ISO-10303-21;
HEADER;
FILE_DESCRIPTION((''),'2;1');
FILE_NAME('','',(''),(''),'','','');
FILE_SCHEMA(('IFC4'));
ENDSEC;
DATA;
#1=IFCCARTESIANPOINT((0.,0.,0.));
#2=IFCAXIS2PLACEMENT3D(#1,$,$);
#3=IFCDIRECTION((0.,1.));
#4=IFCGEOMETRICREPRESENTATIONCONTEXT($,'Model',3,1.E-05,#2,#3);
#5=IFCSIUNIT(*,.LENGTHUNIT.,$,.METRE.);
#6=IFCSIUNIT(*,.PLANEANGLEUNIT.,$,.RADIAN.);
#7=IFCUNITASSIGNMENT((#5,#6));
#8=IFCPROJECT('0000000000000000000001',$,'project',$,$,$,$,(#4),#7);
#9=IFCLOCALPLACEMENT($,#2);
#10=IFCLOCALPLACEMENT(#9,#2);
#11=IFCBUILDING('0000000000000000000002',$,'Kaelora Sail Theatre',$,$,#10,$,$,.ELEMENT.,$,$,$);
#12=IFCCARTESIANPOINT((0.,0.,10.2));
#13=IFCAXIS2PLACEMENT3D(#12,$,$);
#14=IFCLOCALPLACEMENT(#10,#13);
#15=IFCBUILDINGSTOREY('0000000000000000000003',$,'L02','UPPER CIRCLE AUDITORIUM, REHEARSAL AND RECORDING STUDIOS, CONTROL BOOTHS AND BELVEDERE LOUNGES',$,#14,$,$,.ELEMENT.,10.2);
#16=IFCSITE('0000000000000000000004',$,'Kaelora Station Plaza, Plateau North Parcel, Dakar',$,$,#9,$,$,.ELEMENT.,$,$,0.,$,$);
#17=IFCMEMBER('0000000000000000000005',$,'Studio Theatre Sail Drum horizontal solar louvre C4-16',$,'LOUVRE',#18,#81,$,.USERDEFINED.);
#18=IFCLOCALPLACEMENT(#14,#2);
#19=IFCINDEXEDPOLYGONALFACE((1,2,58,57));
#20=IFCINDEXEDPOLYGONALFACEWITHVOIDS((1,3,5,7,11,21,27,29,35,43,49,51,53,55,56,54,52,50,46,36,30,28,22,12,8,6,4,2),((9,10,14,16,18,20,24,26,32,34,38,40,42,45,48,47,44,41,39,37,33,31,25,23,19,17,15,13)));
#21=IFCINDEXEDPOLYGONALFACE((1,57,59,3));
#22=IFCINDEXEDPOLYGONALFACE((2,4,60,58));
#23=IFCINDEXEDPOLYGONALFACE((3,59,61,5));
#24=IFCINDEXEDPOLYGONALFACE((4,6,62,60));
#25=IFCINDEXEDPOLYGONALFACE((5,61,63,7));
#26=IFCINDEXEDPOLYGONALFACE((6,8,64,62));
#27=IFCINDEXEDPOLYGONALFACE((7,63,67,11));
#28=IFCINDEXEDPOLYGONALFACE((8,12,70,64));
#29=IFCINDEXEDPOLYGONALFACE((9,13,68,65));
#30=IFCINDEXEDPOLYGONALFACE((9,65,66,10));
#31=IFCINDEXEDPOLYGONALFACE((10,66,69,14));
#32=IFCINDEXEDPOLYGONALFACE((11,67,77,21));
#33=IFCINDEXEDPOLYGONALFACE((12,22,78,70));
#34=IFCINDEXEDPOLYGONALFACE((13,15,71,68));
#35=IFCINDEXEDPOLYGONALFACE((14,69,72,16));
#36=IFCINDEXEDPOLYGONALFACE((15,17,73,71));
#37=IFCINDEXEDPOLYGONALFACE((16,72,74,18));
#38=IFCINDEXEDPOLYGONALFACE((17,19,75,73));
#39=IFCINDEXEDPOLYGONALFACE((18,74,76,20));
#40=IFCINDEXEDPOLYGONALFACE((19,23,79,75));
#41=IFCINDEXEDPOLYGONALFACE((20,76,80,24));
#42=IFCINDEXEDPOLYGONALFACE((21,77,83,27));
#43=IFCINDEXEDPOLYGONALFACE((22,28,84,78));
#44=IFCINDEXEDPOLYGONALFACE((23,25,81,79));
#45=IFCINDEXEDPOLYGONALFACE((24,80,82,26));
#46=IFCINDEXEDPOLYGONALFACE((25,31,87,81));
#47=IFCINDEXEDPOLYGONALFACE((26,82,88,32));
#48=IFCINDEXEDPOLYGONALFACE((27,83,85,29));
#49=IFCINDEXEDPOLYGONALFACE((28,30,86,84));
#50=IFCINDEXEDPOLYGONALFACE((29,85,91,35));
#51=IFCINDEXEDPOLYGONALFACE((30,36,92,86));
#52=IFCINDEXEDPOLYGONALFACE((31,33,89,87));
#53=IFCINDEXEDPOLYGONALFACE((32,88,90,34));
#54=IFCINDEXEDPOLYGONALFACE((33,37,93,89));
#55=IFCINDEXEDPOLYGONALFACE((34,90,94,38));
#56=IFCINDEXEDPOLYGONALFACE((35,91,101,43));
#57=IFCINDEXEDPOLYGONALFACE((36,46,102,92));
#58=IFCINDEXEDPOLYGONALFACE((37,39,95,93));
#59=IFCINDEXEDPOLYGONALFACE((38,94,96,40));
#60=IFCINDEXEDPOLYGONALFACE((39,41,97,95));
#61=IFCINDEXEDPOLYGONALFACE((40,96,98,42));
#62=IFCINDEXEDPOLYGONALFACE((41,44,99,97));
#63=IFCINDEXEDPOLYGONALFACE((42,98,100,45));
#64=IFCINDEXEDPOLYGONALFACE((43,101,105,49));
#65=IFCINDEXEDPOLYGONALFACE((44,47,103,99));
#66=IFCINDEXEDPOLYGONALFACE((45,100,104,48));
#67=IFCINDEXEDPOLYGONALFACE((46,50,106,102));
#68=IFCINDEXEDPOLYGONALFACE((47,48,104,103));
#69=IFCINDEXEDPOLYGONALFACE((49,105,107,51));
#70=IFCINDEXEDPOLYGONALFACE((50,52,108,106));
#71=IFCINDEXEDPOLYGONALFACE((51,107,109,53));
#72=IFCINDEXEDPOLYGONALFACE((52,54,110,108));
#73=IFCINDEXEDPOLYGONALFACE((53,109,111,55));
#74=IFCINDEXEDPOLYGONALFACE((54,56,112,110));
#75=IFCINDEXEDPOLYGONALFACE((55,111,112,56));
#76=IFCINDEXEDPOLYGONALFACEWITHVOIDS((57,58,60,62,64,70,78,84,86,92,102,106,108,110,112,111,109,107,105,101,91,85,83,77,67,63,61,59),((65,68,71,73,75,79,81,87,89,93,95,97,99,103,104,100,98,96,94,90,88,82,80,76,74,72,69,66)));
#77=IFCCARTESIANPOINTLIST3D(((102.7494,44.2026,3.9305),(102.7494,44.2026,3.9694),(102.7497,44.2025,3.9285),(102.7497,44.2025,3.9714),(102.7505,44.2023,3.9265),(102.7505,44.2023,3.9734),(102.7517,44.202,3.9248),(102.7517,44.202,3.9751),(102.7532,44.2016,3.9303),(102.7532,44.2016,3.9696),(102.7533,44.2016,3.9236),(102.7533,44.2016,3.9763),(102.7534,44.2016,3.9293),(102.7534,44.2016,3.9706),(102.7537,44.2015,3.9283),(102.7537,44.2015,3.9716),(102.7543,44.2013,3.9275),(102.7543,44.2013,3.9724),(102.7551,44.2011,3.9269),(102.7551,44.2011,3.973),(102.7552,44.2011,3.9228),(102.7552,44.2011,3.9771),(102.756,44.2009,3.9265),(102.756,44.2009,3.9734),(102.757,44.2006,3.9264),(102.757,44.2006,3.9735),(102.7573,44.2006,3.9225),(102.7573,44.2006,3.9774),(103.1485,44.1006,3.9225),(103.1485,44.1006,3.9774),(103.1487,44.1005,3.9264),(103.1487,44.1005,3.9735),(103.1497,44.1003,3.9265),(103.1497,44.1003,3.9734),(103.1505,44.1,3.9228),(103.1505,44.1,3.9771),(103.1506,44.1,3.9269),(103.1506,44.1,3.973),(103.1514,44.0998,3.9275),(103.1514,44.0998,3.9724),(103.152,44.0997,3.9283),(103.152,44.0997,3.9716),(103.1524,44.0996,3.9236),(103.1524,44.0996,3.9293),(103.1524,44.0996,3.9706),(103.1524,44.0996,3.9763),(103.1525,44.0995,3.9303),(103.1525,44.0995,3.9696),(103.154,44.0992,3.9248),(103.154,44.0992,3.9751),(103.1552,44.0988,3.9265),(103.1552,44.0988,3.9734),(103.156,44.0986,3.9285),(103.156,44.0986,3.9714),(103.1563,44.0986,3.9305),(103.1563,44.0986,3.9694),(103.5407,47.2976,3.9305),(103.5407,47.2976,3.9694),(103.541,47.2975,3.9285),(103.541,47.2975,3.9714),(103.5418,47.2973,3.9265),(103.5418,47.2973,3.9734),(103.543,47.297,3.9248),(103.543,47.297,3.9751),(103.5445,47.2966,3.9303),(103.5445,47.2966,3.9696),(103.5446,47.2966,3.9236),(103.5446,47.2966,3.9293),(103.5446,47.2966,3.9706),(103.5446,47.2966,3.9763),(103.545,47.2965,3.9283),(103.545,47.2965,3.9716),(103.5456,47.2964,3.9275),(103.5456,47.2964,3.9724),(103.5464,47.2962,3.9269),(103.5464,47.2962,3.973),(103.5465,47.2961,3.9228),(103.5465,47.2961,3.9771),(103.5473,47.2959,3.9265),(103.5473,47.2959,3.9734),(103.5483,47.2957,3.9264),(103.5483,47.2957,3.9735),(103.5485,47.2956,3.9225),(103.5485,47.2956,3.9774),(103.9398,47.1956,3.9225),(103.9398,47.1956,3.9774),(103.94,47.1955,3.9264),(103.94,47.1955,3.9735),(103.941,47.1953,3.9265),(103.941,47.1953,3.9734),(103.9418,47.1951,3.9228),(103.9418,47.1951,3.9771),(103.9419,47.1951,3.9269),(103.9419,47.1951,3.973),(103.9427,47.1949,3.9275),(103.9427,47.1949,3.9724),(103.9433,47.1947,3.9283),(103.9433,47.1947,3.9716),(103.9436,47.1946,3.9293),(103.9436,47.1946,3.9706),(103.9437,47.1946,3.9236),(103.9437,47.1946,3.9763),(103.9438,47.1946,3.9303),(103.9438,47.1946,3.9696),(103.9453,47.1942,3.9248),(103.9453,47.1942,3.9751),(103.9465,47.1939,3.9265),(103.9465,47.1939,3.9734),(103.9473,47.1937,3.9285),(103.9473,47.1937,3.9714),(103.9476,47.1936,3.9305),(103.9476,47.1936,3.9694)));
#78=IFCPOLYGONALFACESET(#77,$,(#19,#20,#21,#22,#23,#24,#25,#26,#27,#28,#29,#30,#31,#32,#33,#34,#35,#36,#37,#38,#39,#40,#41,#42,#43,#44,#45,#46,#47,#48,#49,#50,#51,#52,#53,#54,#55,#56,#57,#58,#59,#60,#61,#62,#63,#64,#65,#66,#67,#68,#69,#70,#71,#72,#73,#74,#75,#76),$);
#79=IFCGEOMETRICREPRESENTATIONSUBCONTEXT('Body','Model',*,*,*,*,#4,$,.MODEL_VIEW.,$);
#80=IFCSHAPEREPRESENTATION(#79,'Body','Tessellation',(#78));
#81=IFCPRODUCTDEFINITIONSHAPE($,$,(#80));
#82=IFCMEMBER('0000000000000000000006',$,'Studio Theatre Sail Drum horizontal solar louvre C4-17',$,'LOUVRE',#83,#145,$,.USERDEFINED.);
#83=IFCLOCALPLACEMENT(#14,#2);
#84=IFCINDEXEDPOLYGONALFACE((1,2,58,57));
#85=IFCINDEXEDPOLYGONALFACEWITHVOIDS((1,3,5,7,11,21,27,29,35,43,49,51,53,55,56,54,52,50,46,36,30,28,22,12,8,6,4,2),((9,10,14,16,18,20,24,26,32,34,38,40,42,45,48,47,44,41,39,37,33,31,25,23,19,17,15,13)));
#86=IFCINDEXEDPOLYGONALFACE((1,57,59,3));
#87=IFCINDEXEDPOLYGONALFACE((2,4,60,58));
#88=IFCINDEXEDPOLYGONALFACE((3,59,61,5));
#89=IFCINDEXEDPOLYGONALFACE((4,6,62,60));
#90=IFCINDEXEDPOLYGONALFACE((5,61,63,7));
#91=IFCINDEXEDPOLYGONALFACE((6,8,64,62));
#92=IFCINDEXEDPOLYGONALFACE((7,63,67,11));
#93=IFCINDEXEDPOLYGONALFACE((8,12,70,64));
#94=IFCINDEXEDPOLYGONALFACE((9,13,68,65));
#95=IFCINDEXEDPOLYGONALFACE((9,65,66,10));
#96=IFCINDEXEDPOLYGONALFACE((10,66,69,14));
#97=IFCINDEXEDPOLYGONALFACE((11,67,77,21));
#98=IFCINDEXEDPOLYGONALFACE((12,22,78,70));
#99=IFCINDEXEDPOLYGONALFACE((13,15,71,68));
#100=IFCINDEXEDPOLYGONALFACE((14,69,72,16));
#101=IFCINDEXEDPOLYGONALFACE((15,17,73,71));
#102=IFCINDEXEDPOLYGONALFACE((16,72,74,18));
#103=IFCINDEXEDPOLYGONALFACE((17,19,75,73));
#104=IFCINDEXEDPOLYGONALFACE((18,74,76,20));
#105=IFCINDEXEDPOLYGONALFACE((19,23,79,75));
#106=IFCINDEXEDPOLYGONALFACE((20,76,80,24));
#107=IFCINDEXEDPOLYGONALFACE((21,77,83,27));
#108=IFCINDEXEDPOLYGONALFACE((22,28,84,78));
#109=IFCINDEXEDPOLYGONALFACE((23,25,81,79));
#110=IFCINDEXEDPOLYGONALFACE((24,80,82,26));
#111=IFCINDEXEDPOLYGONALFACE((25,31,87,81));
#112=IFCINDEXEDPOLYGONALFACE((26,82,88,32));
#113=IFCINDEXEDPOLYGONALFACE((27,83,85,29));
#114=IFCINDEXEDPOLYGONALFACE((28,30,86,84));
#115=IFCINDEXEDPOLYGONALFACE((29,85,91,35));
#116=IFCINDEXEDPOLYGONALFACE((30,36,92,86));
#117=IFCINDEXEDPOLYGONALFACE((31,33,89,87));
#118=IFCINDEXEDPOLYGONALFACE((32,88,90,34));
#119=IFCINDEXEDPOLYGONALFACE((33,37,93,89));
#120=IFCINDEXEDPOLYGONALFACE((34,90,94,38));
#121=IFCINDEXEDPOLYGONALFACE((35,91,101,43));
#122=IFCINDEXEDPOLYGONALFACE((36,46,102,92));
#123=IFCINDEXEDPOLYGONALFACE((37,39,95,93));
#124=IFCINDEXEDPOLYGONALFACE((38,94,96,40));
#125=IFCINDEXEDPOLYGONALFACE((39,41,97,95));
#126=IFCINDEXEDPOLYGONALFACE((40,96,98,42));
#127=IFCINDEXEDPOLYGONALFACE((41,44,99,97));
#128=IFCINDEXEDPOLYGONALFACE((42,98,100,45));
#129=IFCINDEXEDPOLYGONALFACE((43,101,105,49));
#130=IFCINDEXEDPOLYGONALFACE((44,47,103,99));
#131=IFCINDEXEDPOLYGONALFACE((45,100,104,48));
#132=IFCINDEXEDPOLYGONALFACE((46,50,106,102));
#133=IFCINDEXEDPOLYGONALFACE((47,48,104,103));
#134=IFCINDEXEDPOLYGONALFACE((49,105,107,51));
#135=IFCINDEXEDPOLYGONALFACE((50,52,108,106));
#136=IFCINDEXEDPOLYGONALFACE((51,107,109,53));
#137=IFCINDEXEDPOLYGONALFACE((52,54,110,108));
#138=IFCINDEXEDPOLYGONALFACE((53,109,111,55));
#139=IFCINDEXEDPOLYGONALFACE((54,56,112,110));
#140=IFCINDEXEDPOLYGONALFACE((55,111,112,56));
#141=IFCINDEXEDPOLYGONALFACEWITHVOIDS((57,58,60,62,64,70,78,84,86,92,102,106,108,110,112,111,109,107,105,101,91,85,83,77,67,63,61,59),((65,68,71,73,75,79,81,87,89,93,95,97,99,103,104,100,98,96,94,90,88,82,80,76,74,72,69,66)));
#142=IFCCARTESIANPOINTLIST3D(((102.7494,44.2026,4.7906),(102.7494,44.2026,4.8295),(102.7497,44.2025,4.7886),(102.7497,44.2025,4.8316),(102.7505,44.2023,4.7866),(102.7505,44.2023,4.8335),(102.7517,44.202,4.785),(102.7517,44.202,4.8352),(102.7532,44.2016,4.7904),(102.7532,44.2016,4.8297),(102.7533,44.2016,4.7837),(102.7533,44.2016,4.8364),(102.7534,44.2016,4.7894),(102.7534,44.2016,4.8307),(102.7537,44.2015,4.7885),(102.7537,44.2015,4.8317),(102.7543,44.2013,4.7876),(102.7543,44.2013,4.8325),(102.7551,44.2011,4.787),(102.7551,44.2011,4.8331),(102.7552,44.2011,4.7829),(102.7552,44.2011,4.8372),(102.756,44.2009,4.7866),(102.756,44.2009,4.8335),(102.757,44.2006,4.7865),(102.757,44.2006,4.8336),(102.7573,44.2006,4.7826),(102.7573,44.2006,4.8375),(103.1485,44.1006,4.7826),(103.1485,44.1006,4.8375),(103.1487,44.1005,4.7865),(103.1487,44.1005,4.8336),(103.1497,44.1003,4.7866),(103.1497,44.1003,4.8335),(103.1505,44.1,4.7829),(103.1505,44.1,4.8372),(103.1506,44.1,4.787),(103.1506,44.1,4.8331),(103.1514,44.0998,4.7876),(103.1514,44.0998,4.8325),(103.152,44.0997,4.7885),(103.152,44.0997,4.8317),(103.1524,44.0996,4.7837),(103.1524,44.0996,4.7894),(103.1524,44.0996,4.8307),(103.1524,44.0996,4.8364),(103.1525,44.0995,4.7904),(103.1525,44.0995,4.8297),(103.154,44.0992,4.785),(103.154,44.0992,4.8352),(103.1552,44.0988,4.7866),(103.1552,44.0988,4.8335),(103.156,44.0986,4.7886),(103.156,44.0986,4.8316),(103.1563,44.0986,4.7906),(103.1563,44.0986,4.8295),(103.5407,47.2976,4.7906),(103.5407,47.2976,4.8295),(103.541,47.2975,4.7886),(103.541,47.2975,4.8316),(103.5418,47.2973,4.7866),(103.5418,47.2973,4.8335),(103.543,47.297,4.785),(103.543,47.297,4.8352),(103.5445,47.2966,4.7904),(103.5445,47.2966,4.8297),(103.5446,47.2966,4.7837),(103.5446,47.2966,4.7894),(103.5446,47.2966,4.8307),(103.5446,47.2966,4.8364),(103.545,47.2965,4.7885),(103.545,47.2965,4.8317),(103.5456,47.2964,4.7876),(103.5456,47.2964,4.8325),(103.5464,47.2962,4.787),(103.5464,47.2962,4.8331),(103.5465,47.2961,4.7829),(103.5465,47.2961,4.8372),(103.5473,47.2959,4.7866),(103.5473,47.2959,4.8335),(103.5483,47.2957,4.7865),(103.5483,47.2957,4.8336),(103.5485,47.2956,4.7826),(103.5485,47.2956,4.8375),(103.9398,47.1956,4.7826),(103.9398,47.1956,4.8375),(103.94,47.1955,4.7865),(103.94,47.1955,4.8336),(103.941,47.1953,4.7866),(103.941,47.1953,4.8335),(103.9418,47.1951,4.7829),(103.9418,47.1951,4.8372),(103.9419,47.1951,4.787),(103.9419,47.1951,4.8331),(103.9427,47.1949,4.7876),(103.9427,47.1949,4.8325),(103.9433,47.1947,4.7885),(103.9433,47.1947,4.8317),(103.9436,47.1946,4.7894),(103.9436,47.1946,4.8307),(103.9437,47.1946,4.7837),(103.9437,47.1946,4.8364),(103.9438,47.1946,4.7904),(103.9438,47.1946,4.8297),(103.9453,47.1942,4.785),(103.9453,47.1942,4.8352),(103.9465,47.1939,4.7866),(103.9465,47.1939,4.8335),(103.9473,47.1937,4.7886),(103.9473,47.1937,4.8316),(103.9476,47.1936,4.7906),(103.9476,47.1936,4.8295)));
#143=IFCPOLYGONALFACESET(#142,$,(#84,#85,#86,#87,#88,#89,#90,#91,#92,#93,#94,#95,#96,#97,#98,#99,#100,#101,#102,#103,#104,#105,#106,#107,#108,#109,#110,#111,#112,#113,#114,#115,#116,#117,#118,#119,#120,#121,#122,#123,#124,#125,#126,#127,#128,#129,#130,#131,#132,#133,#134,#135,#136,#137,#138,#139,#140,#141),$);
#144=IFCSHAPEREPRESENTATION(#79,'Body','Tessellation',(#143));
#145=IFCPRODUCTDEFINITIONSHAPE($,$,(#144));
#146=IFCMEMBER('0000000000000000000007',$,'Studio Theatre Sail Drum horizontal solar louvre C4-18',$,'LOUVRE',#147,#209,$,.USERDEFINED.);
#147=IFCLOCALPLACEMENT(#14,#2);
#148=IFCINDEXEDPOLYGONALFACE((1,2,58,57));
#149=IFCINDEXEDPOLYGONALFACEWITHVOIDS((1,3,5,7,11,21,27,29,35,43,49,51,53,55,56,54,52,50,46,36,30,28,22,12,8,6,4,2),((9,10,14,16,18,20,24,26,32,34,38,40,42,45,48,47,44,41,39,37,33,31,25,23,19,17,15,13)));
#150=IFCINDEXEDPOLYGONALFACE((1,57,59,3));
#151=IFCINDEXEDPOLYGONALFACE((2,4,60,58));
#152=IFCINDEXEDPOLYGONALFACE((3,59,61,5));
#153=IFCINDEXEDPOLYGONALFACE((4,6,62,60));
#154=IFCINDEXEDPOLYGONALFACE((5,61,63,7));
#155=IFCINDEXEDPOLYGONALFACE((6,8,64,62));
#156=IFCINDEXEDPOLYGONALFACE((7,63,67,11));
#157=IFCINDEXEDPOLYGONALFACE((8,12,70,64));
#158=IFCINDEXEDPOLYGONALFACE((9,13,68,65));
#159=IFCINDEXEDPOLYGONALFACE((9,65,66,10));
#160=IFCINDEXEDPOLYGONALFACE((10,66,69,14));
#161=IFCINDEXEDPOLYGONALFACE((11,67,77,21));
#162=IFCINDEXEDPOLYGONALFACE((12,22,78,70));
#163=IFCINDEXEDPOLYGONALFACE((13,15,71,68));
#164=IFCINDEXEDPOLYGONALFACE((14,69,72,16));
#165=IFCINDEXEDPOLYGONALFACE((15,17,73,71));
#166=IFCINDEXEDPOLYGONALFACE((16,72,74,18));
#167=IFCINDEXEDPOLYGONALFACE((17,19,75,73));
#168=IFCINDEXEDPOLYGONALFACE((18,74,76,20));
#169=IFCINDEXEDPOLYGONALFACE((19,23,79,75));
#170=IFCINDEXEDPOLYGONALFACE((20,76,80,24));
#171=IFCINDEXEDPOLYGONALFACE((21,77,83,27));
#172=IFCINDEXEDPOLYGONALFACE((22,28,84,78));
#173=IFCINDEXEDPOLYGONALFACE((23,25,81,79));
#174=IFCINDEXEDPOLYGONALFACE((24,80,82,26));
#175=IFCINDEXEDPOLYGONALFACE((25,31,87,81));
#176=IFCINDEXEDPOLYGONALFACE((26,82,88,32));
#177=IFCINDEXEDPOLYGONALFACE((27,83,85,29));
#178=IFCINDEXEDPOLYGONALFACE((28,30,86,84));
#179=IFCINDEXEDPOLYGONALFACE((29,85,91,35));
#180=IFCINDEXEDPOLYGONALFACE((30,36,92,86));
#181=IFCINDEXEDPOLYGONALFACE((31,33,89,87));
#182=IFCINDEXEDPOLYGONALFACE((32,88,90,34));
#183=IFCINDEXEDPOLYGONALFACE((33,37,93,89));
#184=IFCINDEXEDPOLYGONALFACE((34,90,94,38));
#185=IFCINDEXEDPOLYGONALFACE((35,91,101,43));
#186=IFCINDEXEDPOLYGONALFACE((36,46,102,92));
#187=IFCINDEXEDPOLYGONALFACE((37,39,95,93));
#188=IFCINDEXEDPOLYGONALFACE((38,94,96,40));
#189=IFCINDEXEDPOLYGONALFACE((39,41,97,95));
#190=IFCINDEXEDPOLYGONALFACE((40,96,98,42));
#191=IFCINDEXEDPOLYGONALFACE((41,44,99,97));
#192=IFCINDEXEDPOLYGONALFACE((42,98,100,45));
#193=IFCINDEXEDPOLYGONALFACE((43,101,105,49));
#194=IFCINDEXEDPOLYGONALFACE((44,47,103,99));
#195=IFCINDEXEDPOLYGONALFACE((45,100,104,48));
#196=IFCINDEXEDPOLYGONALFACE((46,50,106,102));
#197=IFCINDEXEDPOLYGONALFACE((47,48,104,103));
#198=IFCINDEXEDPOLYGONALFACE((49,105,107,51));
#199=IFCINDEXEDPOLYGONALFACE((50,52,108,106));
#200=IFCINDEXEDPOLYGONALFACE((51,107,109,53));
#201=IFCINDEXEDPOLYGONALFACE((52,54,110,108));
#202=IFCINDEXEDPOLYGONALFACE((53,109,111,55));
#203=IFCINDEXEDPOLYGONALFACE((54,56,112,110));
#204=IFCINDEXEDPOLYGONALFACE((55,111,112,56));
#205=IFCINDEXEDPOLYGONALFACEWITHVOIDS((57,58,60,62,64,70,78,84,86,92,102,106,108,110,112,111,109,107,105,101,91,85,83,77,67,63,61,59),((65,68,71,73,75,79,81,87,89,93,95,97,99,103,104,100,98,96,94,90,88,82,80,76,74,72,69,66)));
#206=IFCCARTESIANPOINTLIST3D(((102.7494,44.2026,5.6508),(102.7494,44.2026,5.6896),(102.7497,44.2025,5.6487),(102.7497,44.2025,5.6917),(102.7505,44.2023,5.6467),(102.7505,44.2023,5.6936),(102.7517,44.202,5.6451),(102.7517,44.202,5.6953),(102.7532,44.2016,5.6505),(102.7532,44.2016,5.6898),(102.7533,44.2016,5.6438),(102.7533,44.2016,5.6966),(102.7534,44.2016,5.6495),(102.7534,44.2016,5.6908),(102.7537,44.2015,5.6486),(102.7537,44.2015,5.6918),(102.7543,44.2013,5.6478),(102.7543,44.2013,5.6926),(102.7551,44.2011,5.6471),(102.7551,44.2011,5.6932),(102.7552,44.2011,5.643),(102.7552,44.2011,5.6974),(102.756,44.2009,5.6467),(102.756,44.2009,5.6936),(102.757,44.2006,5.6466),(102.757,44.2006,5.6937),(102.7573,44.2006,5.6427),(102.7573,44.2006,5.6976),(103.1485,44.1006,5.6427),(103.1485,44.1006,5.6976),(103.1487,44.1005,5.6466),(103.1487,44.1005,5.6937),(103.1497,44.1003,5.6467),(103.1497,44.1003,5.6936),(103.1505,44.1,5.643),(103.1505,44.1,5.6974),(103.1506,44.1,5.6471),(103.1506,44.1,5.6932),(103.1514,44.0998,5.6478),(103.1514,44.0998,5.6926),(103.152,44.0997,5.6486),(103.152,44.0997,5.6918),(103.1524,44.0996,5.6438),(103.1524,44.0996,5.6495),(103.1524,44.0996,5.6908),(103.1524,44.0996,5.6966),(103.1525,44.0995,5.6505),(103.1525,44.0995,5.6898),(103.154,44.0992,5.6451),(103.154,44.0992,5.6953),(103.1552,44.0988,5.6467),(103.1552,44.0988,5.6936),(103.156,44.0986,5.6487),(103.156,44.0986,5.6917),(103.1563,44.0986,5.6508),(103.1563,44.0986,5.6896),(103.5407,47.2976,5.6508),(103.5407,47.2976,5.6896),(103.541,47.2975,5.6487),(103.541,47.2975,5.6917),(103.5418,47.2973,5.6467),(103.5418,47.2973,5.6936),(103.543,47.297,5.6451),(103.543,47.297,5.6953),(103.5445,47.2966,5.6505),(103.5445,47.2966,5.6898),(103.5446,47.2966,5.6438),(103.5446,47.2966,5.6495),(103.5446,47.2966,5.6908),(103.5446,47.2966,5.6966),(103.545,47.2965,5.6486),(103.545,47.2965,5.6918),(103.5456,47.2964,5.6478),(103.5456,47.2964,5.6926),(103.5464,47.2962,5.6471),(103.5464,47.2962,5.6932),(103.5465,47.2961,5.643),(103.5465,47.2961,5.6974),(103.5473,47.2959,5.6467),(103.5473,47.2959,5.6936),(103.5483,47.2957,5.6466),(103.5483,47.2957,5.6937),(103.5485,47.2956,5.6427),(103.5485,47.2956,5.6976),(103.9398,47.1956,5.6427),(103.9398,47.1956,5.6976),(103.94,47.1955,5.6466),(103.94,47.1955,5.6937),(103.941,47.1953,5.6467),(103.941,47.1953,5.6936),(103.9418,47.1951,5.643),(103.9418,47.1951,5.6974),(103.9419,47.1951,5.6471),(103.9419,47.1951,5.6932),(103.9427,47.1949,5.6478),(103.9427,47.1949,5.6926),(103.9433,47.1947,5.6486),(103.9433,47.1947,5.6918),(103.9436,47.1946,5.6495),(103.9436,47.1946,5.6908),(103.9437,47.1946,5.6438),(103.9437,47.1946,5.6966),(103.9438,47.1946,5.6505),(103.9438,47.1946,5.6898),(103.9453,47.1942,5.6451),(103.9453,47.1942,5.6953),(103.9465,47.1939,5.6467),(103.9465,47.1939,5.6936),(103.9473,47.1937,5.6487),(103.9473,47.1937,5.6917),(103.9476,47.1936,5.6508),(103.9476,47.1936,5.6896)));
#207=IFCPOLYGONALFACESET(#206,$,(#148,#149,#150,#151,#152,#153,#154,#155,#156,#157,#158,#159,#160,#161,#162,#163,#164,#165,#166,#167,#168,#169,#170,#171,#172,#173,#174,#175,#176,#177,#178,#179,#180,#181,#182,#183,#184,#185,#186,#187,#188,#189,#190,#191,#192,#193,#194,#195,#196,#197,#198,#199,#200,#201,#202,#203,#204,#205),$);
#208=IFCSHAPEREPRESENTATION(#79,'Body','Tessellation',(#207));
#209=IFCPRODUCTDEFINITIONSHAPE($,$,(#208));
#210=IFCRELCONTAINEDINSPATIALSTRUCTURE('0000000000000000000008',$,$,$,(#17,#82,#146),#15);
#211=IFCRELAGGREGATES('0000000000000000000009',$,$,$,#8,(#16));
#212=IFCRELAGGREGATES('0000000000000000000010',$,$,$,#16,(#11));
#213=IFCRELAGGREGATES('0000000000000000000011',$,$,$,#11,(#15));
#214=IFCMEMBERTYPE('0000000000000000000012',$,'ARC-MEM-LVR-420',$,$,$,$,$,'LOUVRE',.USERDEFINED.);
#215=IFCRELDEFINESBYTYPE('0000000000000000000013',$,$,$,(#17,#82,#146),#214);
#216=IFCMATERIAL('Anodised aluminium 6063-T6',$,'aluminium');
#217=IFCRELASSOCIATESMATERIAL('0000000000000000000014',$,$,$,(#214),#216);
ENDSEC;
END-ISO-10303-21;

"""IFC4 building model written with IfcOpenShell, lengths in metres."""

from ifc_helpers import new_model, si_unit, direction, frame, origin, origin_2d, place, context, subcontext, project, spatial, hollow_rectangle, extrude, material, material_profile, profile_set, type_object, element, save


model = new_model("IFC4")

# Units and contexts
model_context = context("Model", 3, precision=1e-05, world=origin(), true_north=direction((0.0, 1.0)))
body_context = subcontext(model_context, "Body", "Model", "MODEL_VIEW")
ifc_project = project(units=[si_unit("LENGTHUNIT", "METRE"), si_unit("PLANEANGLEUNIT", "RADIAN")], contexts=[model_context])

# Site, building, storey
site_placement = place(None, origin())
site = spatial("IfcSite", under=ifc_project, at=site_placement, Name="Kaelora Station Plaza, Plateau North Parcel, Dakar", CompositionType="ELEMENT", RefElevation=0.0)
building_placement = place(site_placement, origin())
building = spatial("IfcBuilding", under=site, at=building_placement, Name="Kaelora Sail Theatre", CompositionType="ELEMENT")
storey_placement = place(building_placement, frame((0.0, 0.0, 10.2)))
storey = spatial("IfcBuildingStorey", under=building, at=storey_placement, Name="L02", Description="UPPER CIRCLE AUDITORIUM, REHEARSAL AND RECORDING STUDIOS, CONTROL BOOTHS AND BELVEDERE LOUNGES", CompositionType="ELEMENT", Elevation=10.2)

# Members
ifc_material_1 = material(Name="Anodised aluminium 6063-T6", Category="aluminium")
ifc_material_profile_1 = material_profile(ifc_material_1, hollow_rectangle(XDim=0.4199, YDim=0.0549, WallThickness=0.0039, InnerFilletRadius=0.0039, OuterFilletRadius=0.0081, at=origin_2d()), Name="LOUVRE 420x55x4")
ifc_profile_set_1 = profile_set([ifc_material_profile_1], Name="Anodised aluminium 6063-T6")
member_type = type_object("IfcMemberType", Name="ARC-MEM-LVR-420", ElementType="LOUVRE", PredefinedType="USERDEFINED", material=ifc_profile_set_1)
for number, where, z_axis, x_axis, name in (
    (1, (103.7441, 47.2456, 3.95), (-0.247693, -0.968839, 0.0), (0.968839, -0.247693, 0.0), "Studio Theatre Sail Drum horizontal solar louvre C4-16"),
    (2, (103.7441, 47.2456, 4.8101), (-0.247693, -0.968839, 0.0), (0.968839, -0.247693, 0.0), "Studio Theatre Sail Drum horizontal solar louvre C4-17"),
    (3, (103.7441, 47.2456, 5.6702), (-0.247693, -0.968839, 0.0), (0.968839, -0.247693, 0.0), "Studio Theatre Sail Drum horizontal solar louvre C4-18"),
):
    element("IfcMember", number, at=place(storey_placement, frame(where, z_axis=z_axis, x_axis=x_axis)), inside=storey, type_object=member_type, Name=name, ObjectType="LOUVRE", PredefinedType="USERDEFINED", context=body_context, shape_type="SweptSolid", body=[
        extrude(hollow_rectangle(XDim=0.4199, YDim=0.0549, WallThickness=0.0039, InnerFilletRadius=0.0039, OuterFilletRadius=0.0081, at=origin_2d()), origin(), (0.0, 0.0, 1.0), 3.1946),
    ])

save(model, "model.ifc")
